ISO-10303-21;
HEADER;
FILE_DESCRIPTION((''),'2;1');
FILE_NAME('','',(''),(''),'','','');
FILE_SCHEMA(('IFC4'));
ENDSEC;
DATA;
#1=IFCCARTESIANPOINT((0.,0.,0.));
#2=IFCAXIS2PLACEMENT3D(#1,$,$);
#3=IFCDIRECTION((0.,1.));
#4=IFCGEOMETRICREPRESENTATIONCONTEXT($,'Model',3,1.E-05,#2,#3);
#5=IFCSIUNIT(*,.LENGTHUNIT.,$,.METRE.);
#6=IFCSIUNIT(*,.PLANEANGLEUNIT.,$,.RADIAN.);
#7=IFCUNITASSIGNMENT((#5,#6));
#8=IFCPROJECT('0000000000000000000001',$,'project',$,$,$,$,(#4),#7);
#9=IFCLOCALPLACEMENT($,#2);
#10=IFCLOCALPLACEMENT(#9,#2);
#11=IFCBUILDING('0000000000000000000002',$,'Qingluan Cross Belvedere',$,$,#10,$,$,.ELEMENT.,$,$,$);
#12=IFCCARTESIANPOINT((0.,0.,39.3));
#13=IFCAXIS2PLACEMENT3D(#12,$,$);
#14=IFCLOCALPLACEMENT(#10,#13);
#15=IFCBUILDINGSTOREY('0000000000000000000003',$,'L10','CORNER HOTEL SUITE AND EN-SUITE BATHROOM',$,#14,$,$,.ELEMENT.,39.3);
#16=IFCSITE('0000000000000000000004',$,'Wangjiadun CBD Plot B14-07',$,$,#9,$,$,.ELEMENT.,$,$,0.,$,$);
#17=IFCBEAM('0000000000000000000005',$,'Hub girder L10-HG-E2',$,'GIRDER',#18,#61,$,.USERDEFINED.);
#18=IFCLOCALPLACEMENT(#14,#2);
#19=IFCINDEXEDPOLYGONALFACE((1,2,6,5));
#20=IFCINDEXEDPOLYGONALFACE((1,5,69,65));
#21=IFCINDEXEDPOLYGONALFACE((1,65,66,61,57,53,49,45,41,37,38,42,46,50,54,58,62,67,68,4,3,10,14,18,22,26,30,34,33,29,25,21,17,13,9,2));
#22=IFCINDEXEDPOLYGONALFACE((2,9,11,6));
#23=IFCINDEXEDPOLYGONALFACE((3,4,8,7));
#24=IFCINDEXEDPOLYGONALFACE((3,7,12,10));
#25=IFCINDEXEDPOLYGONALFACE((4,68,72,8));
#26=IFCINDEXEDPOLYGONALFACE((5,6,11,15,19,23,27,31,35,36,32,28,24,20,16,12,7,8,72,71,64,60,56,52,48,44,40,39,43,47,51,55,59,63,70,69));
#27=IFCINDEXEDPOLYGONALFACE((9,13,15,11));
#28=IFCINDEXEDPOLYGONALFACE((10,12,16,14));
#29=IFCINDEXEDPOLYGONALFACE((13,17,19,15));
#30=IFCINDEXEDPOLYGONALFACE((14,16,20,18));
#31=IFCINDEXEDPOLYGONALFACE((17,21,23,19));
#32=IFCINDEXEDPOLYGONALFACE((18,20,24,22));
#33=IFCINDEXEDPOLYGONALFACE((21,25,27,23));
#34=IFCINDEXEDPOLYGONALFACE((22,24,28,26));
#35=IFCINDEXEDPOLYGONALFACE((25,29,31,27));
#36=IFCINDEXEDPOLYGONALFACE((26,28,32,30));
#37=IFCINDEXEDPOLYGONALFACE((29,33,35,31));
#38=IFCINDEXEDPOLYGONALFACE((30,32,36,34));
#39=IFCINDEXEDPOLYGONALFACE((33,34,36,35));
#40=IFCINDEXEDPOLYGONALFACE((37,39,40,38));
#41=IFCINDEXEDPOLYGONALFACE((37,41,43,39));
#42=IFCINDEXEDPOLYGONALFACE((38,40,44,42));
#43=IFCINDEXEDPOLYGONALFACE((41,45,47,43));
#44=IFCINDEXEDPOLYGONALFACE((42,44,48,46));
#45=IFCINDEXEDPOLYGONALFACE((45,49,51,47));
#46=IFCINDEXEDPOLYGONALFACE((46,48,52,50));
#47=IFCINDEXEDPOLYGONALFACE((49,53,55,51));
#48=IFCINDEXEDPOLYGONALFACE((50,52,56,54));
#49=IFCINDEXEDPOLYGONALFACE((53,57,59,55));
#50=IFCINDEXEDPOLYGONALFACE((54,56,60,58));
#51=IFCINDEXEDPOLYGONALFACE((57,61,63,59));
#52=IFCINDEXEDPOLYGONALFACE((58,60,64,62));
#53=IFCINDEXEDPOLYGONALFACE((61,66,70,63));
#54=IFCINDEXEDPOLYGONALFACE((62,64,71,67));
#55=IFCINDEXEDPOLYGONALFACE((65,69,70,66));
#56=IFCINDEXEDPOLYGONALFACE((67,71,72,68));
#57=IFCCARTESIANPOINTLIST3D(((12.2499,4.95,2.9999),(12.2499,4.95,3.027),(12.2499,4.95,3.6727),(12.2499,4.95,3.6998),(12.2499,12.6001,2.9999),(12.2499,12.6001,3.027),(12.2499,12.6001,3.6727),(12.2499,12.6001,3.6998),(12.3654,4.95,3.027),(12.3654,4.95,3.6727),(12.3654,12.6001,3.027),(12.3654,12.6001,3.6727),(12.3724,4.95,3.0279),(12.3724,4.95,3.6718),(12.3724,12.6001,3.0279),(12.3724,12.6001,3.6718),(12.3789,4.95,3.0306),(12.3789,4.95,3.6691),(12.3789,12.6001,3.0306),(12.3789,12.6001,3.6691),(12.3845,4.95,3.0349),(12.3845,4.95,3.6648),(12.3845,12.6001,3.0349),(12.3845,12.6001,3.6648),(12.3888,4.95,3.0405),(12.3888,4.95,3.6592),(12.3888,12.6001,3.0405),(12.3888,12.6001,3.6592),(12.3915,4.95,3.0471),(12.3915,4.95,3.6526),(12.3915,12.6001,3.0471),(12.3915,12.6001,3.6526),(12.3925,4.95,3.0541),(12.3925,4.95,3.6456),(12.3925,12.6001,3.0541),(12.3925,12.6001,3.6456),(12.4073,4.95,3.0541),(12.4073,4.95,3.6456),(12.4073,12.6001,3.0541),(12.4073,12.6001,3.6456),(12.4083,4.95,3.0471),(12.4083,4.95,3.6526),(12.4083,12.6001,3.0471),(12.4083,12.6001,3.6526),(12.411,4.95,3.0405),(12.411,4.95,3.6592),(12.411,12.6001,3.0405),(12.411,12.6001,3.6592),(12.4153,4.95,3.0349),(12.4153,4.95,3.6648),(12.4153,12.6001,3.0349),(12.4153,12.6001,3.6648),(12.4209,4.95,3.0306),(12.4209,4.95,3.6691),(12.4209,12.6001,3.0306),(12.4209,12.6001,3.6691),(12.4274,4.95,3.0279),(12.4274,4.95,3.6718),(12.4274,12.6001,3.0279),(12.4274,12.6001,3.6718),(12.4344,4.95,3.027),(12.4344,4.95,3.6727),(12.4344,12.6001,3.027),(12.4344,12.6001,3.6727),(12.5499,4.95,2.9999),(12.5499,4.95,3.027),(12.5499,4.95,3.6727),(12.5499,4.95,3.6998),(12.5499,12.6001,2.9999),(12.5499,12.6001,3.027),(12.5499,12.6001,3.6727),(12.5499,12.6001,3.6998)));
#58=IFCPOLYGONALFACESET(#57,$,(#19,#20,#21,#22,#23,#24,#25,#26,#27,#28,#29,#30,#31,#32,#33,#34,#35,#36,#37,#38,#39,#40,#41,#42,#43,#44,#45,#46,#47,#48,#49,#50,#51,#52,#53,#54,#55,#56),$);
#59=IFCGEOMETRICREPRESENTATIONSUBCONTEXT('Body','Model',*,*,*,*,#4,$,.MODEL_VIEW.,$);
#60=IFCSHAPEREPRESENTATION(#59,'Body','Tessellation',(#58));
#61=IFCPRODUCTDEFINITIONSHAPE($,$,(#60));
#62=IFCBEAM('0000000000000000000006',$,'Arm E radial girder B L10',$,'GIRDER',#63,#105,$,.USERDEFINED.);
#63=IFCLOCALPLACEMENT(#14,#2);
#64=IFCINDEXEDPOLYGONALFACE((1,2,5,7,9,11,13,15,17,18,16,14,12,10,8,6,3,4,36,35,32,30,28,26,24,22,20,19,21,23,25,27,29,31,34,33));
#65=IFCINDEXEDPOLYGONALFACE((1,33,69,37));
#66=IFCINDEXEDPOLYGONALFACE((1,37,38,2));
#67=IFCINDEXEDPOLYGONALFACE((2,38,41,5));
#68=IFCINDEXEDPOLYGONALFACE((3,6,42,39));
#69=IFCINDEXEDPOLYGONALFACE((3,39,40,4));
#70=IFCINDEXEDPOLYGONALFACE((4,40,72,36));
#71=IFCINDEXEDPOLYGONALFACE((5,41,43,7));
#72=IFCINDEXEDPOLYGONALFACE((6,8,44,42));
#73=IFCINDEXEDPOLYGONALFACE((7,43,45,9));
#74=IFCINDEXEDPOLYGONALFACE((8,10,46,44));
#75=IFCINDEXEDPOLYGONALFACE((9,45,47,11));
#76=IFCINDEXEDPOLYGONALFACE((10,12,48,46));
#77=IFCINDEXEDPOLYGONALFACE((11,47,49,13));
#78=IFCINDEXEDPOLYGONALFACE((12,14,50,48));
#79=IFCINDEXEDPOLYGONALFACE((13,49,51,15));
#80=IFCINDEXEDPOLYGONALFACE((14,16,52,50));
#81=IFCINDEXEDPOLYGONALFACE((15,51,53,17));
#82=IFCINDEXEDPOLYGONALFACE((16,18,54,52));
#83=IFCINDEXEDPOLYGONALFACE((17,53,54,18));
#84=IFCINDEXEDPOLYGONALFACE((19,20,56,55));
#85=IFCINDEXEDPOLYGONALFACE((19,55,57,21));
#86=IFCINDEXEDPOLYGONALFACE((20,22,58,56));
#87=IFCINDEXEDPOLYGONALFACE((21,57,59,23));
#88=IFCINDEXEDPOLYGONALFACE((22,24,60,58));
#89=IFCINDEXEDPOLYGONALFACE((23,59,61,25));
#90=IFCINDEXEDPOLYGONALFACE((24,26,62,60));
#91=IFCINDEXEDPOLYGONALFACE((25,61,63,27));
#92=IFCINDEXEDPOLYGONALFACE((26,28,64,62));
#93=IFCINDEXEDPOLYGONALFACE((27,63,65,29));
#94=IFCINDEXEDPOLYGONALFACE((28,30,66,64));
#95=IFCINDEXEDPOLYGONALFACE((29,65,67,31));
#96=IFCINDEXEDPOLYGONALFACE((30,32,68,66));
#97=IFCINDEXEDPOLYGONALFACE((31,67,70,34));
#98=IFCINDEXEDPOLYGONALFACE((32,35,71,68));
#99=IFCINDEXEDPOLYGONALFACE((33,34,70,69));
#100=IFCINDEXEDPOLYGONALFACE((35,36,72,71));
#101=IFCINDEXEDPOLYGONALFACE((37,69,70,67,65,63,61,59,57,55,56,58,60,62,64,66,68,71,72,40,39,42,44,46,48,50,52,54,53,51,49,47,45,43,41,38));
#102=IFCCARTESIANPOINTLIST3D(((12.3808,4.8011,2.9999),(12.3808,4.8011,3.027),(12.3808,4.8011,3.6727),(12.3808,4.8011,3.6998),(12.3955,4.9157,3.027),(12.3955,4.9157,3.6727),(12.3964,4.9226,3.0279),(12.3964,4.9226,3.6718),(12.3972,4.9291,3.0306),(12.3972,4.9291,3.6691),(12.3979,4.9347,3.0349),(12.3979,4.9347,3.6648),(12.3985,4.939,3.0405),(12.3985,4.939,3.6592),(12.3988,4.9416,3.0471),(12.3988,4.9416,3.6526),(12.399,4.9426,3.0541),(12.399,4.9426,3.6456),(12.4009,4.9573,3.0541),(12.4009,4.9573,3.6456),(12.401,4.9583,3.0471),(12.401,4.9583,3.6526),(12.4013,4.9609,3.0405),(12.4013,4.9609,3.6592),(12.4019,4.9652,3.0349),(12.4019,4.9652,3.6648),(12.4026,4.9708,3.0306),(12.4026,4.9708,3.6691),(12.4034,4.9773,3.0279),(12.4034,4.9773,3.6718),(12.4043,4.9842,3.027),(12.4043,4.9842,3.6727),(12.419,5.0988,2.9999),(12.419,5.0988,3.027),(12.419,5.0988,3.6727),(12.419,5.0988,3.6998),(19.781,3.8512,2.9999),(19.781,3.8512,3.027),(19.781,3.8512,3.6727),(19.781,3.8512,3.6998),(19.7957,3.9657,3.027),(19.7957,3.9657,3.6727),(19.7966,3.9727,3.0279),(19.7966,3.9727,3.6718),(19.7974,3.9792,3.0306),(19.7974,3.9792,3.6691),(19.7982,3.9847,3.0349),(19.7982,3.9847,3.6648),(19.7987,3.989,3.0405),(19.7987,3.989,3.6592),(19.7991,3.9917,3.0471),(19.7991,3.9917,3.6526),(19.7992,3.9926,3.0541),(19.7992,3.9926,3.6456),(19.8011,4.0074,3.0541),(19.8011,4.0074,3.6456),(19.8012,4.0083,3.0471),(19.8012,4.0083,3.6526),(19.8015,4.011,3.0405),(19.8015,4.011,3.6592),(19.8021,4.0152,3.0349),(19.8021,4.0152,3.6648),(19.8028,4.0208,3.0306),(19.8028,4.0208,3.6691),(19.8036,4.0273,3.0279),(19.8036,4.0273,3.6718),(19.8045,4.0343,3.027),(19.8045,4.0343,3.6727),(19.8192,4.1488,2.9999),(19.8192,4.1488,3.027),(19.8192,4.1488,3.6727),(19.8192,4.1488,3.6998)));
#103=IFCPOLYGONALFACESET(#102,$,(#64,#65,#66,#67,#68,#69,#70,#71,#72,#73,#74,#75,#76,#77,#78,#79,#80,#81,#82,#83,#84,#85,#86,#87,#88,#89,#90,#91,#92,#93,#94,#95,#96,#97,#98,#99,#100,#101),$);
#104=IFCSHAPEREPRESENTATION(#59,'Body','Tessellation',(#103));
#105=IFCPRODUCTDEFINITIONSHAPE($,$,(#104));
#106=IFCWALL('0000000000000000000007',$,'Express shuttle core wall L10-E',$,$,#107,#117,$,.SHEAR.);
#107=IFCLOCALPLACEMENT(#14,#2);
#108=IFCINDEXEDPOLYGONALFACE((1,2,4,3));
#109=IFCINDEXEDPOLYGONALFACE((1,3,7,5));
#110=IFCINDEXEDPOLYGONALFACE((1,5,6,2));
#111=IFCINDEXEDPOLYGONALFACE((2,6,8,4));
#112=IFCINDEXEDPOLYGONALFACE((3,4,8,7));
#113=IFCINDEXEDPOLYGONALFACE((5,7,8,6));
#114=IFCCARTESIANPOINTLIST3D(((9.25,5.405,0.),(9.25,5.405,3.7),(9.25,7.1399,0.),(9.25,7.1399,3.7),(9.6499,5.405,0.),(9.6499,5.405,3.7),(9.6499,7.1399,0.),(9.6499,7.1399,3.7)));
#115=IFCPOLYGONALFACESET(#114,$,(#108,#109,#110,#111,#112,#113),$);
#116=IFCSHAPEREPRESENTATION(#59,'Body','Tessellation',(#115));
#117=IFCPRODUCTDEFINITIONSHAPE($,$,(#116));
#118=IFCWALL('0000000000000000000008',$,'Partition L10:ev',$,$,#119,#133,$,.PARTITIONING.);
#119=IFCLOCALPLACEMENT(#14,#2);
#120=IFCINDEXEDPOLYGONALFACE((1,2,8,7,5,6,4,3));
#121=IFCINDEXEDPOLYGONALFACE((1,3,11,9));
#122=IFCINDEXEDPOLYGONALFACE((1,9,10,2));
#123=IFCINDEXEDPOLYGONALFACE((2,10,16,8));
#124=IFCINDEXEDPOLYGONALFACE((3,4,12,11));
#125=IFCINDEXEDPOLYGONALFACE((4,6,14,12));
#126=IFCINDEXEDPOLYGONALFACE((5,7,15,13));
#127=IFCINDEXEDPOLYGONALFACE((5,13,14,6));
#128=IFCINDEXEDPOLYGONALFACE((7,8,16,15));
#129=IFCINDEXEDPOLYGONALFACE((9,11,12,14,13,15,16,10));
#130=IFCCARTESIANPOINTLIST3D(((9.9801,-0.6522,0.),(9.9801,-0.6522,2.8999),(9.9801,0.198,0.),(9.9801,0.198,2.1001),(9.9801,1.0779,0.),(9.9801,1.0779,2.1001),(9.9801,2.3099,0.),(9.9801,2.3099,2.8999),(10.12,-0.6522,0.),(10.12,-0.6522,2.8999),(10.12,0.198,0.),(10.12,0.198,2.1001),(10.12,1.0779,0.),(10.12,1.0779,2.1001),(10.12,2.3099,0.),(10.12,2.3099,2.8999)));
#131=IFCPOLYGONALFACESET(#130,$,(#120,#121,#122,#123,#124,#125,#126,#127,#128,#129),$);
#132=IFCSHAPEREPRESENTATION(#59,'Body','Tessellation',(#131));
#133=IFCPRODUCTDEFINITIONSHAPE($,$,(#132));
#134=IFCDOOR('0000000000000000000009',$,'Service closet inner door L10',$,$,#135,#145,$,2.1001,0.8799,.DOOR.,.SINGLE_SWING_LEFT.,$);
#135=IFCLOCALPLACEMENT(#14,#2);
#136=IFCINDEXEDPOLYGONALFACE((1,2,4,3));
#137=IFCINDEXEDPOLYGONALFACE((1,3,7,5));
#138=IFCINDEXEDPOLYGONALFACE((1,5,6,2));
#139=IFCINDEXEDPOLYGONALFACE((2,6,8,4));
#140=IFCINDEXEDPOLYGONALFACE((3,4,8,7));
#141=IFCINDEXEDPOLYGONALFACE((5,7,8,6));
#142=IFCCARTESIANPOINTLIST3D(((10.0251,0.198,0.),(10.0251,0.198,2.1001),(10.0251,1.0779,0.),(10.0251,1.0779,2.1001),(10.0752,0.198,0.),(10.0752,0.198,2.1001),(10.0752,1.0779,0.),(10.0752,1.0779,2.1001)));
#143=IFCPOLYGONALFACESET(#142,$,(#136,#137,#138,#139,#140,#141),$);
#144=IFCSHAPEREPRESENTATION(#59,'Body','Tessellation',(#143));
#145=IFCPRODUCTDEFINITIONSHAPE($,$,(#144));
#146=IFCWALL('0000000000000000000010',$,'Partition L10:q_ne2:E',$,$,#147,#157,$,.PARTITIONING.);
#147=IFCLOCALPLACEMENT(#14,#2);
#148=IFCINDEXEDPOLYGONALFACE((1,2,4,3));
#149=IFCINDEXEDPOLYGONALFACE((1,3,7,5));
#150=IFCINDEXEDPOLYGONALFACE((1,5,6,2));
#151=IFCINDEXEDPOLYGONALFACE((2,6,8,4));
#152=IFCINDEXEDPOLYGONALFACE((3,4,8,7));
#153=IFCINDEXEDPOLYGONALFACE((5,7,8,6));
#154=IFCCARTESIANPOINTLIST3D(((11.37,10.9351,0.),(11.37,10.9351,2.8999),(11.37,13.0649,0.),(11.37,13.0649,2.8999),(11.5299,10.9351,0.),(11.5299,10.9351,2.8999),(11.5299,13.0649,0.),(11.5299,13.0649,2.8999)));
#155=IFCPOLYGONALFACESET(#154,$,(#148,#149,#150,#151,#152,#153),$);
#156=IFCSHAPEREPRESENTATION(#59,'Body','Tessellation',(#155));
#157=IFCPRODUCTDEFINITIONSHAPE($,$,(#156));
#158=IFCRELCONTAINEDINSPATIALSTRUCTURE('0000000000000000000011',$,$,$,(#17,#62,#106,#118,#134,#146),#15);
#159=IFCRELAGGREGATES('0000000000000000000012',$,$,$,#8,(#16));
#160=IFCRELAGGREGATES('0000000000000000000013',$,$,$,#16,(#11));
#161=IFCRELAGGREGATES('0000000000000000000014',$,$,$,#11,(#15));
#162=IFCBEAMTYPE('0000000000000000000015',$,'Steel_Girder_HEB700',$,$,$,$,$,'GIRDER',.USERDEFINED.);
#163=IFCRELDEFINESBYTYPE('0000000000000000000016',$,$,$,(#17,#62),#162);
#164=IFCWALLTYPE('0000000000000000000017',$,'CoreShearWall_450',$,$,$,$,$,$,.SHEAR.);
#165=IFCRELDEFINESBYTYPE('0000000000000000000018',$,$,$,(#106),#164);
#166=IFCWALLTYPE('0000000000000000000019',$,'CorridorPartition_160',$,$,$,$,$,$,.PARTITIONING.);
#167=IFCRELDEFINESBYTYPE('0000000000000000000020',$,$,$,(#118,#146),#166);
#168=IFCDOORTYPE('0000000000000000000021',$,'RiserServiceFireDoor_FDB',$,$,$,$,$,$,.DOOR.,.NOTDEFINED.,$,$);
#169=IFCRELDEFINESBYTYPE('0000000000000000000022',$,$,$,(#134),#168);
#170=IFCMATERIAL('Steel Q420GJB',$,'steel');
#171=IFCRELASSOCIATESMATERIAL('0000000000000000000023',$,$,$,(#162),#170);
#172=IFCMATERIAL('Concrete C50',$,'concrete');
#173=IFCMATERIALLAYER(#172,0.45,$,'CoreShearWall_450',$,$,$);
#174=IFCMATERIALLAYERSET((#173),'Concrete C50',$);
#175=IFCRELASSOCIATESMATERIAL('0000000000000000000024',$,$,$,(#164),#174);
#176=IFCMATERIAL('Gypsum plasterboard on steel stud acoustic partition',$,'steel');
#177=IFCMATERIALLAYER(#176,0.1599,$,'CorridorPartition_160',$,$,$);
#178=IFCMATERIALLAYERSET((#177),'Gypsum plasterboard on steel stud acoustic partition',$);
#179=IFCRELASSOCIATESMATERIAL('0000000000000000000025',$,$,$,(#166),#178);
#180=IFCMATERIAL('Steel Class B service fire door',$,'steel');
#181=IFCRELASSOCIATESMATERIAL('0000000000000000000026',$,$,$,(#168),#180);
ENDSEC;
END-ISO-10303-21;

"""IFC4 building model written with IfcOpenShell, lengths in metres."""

from ifc_helpers import new_model, si_unit, direction, frame, frame_2d, origin, origin_2d, place, context, subcontext, project, spatial, rectangle, i_section, extrude, material, layer, layer_set, material_profile, profile_set, type_object, element, fill, save


model = new_model("IFC4")

# Units and contexts
model_context = context("Model", 3, precision=1e-05, world=origin(), true_north=direction((0.0, 1.0)))
body_context = subcontext(model_context, "Body", "Model", "MODEL_VIEW")
ifc_project = project(units=[si_unit("LENGTHUNIT", "METRE"), si_unit("PLANEANGLEUNIT", "RADIAN")], contexts=[model_context])

# Site, building, storey
site_placement = place(None, origin())
site = spatial("IfcSite", under=ifc_project, at=site_placement, Name="Wangjiadun CBD Plot B14-07", CompositionType="ELEMENT", RefElevation=0.0)
building_placement = place(site_placement, origin())
building = spatial("IfcBuilding", under=site, at=building_placement, Name="Qingluan Cross Belvedere", CompositionType="ELEMENT")
storey_placement = place(building_placement, frame((0.0, 0.0, 39.3)))
storey = spatial("IfcBuildingStorey", under=building, at=storey_placement, Name="L10", Description="CORNER HOTEL SUITE AND EN-SUITE BATHROOM", CompositionType="ELEMENT", Elevation=39.3)

# Beams
ifc_material_1 = material(Name="Steel Q420GJB", Category="steel")
ifc_material_profile_1 = material_profile(ifc_material_1, i_section(OverallWidth=0.3, OverallDepth=0.7, WebThickness=0.0149, FlangeThickness=0.0271, FilletRadius=0.0271, at=origin_2d()), Name="HEB700")
ifc_profile_set_1 = profile_set([ifc_material_profile_1], Name="Steel Q420GJB")
beam_type_1 = type_object("IfcBeamType", Name="Steel_Girder_HEB700", ElementType="GIRDER", PredefinedType="USERDEFINED", material=ifc_profile_set_1)
beam_1_placement = place(storey_placement, frame((12.3999, 4.95, 3.3499), z_axis=(0.0, 1.0, 0.0), x_axis=(-1.0, 0.0, 0.0)))
element("IfcBeam", 1, at=beam_1_placement, inside=storey, type_object=beam_type_1, Name="Hub girder L10-HG-E2", ObjectType="GIRDER", PredefinedType="USERDEFINED", context=body_context, shape_type="SweptSolid", body=[
    extrude(i_section(OverallWidth=0.3, OverallDepth=0.7, WebThickness=0.0149, FlangeThickness=0.0271, FilletRadius=0.0271, at=origin_2d()), origin(), (0.0, 0.0, 1.0), 7.6501),
])
beam_2_placement = place(storey_placement, frame((12.3999, 4.95, 3.3499), z_axis=(0.991861, -0.127324, 0.0), x_axis=(0.127324, 0.991861, 0.0)))
element("IfcBeam", 2, at=beam_2_placement, inside=storey, type_object=beam_type_1, Name="Arm E radial girder B L10", ObjectType="GIRDER", PredefinedType="USERDEFINED", context=body_context, shape_type="SweptSolid", body=[
    extrude(i_section(OverallWidth=0.3, OverallDepth=0.7, WebThickness=0.0149, FlangeThickness=0.0271, FilletRadius=0.0271, at=origin_2d()), origin(), (0.0, 0.0, 1.0), 7.4609),
])

# Wall
ifc_material_2 = material(Name="Concrete C50", Category="concrete")
ifc_layer_1 = layer(ifc_material_2, 0.45, Name="CoreShearWall_450")
ifc_layer_set_1 = layer_set([ifc_layer_1], Name="Concrete C50")
wall_type_1 = type_object("IfcWallType", Name="CoreShearWall_450", PredefinedType="SHEAR", material=ifc_layer_set_1)
wall_1_placement = place(storey_placement, frame((9.45, 5.405, 0.0), z_axis=(0.0, 0.0, 1.0), x_axis=(0.0, 1.0, 0.0)))
element("IfcWall", 3, at=wall_1_placement, inside=storey, type_object=wall_type_1, Name="Express shuttle core wall L10-E", PredefinedType="SHEAR", context=body_context, shape_type="SweptSolid", body=[
    extrude(rectangle(XDim=1.7349, YDim=0.3999, at=frame_2d((0.8674, 0.0))), origin(), (0.0, 0.0, 1.0), 3.7),
])

# Wall, opening, door
ifc_material_3 = material(Name="Gypsum plasterboard on steel stud acoustic partition", Category="steel")
ifc_layer_2 = layer(ifc_material_3, 0.1599, Name="CorridorPartition_160")
ifc_layer_set_2 = layer_set([ifc_layer_2], Name="Gypsum plasterboard on steel stud acoustic partition")
wall_type_2 = type_object("IfcWallType", Name="CorridorPartition_160", PredefinedType="PARTITIONING", material=ifc_layer_set_2)
wall_2_placement = place(storey_placement, frame((10.05, -0.6521, 0.0), z_axis=(0.0, 0.0, 1.0), x_axis=(0.0, 1.0, 0.0)))
wall_2 = element("IfcWall", 4, at=wall_2_placement, inside=storey, type_object=wall_type_2, Name="Partition L10:ev", PredefinedType="PARTITIONING", context=body_context, shape_type="SweptSolid", body=[
    extrude(rectangle(XDim=2.9622, YDim=0.1399, at=frame_2d((1.481, 0.0))), origin(), (0.0, 0.0, 1.0), 2.8999),
])
opening_1_placement = place(wall_2_placement, frame((0.8501, 0.0, 0.0)))
opening_1 = element("IfcOpeningElement", 5, at=opening_1_placement, cuts=wall_2, PredefinedType="OPENING", context=body_context, shape_type="SweptSolid", body=[
    extrude(rectangle(XDim=0.8799, YDim=2.1001, at=frame_2d((0.4399, 1.05))), frame((0.0, 0.0798, 0.0), z_axis=(0.0, -1.0, 0.0), x_axis=(1.0, 0.0, 0.0)), (0.0, 0.0, 1.0), 0.1599),
])
ifc_material_4 = material(Name="Steel Class B service fire door", Category="steel")
door_type_1 = type_object("IfcDoorType", Name="RiserServiceFireDoor_FDB", OperationType="NOTDEFINED", PredefinedType="DOOR", material=ifc_material_4)
door_1_placement = place(opening_1_placement, origin())
door_1 = element("IfcDoor", 6, at=door_1_placement, inside=storey, type_object=door_type_1, Name="Service closet inner door L10", OperationType="SINGLE_SWING_LEFT", OverallHeight=2.1001, OverallWidth=0.8799, PredefinedType="DOOR", context=body_context, shape_type="SweptSolid", body=[
    extrude(rectangle(XDim=0.8799, YDim=2.1001, at=frame_2d((0.4399, 1.05))), frame((0.0, 0.0249, 0.0), z_axis=(0.0, -1.0, 0.0), x_axis=(1.0, 0.0, 0.0)), (0.0, 0.0, 1.0), 0.05),
])
fill(opening_1, door_1)

# Wall
wall_3_placement = place(storey_placement, frame((11.45, 10.9351, 0.0), z_axis=(0.0, 0.0, 1.0), x_axis=(0.0, 1.0, 0.0)))
element("IfcWall", 7, at=wall_3_placement, inside=storey, type_object=wall_type_2, Name="Partition L10:q_ne2:E", PredefinedType="PARTITIONING", context=body_context, shape_type="SweptSolid", body=[
    extrude(rectangle(XDim=2.1299, YDim=0.1599, at=frame_2d((1.0649, 0.0))), origin(), (0.0, 0.0, 1.0), 2.8999),
])

save(model, "model.ifc")
